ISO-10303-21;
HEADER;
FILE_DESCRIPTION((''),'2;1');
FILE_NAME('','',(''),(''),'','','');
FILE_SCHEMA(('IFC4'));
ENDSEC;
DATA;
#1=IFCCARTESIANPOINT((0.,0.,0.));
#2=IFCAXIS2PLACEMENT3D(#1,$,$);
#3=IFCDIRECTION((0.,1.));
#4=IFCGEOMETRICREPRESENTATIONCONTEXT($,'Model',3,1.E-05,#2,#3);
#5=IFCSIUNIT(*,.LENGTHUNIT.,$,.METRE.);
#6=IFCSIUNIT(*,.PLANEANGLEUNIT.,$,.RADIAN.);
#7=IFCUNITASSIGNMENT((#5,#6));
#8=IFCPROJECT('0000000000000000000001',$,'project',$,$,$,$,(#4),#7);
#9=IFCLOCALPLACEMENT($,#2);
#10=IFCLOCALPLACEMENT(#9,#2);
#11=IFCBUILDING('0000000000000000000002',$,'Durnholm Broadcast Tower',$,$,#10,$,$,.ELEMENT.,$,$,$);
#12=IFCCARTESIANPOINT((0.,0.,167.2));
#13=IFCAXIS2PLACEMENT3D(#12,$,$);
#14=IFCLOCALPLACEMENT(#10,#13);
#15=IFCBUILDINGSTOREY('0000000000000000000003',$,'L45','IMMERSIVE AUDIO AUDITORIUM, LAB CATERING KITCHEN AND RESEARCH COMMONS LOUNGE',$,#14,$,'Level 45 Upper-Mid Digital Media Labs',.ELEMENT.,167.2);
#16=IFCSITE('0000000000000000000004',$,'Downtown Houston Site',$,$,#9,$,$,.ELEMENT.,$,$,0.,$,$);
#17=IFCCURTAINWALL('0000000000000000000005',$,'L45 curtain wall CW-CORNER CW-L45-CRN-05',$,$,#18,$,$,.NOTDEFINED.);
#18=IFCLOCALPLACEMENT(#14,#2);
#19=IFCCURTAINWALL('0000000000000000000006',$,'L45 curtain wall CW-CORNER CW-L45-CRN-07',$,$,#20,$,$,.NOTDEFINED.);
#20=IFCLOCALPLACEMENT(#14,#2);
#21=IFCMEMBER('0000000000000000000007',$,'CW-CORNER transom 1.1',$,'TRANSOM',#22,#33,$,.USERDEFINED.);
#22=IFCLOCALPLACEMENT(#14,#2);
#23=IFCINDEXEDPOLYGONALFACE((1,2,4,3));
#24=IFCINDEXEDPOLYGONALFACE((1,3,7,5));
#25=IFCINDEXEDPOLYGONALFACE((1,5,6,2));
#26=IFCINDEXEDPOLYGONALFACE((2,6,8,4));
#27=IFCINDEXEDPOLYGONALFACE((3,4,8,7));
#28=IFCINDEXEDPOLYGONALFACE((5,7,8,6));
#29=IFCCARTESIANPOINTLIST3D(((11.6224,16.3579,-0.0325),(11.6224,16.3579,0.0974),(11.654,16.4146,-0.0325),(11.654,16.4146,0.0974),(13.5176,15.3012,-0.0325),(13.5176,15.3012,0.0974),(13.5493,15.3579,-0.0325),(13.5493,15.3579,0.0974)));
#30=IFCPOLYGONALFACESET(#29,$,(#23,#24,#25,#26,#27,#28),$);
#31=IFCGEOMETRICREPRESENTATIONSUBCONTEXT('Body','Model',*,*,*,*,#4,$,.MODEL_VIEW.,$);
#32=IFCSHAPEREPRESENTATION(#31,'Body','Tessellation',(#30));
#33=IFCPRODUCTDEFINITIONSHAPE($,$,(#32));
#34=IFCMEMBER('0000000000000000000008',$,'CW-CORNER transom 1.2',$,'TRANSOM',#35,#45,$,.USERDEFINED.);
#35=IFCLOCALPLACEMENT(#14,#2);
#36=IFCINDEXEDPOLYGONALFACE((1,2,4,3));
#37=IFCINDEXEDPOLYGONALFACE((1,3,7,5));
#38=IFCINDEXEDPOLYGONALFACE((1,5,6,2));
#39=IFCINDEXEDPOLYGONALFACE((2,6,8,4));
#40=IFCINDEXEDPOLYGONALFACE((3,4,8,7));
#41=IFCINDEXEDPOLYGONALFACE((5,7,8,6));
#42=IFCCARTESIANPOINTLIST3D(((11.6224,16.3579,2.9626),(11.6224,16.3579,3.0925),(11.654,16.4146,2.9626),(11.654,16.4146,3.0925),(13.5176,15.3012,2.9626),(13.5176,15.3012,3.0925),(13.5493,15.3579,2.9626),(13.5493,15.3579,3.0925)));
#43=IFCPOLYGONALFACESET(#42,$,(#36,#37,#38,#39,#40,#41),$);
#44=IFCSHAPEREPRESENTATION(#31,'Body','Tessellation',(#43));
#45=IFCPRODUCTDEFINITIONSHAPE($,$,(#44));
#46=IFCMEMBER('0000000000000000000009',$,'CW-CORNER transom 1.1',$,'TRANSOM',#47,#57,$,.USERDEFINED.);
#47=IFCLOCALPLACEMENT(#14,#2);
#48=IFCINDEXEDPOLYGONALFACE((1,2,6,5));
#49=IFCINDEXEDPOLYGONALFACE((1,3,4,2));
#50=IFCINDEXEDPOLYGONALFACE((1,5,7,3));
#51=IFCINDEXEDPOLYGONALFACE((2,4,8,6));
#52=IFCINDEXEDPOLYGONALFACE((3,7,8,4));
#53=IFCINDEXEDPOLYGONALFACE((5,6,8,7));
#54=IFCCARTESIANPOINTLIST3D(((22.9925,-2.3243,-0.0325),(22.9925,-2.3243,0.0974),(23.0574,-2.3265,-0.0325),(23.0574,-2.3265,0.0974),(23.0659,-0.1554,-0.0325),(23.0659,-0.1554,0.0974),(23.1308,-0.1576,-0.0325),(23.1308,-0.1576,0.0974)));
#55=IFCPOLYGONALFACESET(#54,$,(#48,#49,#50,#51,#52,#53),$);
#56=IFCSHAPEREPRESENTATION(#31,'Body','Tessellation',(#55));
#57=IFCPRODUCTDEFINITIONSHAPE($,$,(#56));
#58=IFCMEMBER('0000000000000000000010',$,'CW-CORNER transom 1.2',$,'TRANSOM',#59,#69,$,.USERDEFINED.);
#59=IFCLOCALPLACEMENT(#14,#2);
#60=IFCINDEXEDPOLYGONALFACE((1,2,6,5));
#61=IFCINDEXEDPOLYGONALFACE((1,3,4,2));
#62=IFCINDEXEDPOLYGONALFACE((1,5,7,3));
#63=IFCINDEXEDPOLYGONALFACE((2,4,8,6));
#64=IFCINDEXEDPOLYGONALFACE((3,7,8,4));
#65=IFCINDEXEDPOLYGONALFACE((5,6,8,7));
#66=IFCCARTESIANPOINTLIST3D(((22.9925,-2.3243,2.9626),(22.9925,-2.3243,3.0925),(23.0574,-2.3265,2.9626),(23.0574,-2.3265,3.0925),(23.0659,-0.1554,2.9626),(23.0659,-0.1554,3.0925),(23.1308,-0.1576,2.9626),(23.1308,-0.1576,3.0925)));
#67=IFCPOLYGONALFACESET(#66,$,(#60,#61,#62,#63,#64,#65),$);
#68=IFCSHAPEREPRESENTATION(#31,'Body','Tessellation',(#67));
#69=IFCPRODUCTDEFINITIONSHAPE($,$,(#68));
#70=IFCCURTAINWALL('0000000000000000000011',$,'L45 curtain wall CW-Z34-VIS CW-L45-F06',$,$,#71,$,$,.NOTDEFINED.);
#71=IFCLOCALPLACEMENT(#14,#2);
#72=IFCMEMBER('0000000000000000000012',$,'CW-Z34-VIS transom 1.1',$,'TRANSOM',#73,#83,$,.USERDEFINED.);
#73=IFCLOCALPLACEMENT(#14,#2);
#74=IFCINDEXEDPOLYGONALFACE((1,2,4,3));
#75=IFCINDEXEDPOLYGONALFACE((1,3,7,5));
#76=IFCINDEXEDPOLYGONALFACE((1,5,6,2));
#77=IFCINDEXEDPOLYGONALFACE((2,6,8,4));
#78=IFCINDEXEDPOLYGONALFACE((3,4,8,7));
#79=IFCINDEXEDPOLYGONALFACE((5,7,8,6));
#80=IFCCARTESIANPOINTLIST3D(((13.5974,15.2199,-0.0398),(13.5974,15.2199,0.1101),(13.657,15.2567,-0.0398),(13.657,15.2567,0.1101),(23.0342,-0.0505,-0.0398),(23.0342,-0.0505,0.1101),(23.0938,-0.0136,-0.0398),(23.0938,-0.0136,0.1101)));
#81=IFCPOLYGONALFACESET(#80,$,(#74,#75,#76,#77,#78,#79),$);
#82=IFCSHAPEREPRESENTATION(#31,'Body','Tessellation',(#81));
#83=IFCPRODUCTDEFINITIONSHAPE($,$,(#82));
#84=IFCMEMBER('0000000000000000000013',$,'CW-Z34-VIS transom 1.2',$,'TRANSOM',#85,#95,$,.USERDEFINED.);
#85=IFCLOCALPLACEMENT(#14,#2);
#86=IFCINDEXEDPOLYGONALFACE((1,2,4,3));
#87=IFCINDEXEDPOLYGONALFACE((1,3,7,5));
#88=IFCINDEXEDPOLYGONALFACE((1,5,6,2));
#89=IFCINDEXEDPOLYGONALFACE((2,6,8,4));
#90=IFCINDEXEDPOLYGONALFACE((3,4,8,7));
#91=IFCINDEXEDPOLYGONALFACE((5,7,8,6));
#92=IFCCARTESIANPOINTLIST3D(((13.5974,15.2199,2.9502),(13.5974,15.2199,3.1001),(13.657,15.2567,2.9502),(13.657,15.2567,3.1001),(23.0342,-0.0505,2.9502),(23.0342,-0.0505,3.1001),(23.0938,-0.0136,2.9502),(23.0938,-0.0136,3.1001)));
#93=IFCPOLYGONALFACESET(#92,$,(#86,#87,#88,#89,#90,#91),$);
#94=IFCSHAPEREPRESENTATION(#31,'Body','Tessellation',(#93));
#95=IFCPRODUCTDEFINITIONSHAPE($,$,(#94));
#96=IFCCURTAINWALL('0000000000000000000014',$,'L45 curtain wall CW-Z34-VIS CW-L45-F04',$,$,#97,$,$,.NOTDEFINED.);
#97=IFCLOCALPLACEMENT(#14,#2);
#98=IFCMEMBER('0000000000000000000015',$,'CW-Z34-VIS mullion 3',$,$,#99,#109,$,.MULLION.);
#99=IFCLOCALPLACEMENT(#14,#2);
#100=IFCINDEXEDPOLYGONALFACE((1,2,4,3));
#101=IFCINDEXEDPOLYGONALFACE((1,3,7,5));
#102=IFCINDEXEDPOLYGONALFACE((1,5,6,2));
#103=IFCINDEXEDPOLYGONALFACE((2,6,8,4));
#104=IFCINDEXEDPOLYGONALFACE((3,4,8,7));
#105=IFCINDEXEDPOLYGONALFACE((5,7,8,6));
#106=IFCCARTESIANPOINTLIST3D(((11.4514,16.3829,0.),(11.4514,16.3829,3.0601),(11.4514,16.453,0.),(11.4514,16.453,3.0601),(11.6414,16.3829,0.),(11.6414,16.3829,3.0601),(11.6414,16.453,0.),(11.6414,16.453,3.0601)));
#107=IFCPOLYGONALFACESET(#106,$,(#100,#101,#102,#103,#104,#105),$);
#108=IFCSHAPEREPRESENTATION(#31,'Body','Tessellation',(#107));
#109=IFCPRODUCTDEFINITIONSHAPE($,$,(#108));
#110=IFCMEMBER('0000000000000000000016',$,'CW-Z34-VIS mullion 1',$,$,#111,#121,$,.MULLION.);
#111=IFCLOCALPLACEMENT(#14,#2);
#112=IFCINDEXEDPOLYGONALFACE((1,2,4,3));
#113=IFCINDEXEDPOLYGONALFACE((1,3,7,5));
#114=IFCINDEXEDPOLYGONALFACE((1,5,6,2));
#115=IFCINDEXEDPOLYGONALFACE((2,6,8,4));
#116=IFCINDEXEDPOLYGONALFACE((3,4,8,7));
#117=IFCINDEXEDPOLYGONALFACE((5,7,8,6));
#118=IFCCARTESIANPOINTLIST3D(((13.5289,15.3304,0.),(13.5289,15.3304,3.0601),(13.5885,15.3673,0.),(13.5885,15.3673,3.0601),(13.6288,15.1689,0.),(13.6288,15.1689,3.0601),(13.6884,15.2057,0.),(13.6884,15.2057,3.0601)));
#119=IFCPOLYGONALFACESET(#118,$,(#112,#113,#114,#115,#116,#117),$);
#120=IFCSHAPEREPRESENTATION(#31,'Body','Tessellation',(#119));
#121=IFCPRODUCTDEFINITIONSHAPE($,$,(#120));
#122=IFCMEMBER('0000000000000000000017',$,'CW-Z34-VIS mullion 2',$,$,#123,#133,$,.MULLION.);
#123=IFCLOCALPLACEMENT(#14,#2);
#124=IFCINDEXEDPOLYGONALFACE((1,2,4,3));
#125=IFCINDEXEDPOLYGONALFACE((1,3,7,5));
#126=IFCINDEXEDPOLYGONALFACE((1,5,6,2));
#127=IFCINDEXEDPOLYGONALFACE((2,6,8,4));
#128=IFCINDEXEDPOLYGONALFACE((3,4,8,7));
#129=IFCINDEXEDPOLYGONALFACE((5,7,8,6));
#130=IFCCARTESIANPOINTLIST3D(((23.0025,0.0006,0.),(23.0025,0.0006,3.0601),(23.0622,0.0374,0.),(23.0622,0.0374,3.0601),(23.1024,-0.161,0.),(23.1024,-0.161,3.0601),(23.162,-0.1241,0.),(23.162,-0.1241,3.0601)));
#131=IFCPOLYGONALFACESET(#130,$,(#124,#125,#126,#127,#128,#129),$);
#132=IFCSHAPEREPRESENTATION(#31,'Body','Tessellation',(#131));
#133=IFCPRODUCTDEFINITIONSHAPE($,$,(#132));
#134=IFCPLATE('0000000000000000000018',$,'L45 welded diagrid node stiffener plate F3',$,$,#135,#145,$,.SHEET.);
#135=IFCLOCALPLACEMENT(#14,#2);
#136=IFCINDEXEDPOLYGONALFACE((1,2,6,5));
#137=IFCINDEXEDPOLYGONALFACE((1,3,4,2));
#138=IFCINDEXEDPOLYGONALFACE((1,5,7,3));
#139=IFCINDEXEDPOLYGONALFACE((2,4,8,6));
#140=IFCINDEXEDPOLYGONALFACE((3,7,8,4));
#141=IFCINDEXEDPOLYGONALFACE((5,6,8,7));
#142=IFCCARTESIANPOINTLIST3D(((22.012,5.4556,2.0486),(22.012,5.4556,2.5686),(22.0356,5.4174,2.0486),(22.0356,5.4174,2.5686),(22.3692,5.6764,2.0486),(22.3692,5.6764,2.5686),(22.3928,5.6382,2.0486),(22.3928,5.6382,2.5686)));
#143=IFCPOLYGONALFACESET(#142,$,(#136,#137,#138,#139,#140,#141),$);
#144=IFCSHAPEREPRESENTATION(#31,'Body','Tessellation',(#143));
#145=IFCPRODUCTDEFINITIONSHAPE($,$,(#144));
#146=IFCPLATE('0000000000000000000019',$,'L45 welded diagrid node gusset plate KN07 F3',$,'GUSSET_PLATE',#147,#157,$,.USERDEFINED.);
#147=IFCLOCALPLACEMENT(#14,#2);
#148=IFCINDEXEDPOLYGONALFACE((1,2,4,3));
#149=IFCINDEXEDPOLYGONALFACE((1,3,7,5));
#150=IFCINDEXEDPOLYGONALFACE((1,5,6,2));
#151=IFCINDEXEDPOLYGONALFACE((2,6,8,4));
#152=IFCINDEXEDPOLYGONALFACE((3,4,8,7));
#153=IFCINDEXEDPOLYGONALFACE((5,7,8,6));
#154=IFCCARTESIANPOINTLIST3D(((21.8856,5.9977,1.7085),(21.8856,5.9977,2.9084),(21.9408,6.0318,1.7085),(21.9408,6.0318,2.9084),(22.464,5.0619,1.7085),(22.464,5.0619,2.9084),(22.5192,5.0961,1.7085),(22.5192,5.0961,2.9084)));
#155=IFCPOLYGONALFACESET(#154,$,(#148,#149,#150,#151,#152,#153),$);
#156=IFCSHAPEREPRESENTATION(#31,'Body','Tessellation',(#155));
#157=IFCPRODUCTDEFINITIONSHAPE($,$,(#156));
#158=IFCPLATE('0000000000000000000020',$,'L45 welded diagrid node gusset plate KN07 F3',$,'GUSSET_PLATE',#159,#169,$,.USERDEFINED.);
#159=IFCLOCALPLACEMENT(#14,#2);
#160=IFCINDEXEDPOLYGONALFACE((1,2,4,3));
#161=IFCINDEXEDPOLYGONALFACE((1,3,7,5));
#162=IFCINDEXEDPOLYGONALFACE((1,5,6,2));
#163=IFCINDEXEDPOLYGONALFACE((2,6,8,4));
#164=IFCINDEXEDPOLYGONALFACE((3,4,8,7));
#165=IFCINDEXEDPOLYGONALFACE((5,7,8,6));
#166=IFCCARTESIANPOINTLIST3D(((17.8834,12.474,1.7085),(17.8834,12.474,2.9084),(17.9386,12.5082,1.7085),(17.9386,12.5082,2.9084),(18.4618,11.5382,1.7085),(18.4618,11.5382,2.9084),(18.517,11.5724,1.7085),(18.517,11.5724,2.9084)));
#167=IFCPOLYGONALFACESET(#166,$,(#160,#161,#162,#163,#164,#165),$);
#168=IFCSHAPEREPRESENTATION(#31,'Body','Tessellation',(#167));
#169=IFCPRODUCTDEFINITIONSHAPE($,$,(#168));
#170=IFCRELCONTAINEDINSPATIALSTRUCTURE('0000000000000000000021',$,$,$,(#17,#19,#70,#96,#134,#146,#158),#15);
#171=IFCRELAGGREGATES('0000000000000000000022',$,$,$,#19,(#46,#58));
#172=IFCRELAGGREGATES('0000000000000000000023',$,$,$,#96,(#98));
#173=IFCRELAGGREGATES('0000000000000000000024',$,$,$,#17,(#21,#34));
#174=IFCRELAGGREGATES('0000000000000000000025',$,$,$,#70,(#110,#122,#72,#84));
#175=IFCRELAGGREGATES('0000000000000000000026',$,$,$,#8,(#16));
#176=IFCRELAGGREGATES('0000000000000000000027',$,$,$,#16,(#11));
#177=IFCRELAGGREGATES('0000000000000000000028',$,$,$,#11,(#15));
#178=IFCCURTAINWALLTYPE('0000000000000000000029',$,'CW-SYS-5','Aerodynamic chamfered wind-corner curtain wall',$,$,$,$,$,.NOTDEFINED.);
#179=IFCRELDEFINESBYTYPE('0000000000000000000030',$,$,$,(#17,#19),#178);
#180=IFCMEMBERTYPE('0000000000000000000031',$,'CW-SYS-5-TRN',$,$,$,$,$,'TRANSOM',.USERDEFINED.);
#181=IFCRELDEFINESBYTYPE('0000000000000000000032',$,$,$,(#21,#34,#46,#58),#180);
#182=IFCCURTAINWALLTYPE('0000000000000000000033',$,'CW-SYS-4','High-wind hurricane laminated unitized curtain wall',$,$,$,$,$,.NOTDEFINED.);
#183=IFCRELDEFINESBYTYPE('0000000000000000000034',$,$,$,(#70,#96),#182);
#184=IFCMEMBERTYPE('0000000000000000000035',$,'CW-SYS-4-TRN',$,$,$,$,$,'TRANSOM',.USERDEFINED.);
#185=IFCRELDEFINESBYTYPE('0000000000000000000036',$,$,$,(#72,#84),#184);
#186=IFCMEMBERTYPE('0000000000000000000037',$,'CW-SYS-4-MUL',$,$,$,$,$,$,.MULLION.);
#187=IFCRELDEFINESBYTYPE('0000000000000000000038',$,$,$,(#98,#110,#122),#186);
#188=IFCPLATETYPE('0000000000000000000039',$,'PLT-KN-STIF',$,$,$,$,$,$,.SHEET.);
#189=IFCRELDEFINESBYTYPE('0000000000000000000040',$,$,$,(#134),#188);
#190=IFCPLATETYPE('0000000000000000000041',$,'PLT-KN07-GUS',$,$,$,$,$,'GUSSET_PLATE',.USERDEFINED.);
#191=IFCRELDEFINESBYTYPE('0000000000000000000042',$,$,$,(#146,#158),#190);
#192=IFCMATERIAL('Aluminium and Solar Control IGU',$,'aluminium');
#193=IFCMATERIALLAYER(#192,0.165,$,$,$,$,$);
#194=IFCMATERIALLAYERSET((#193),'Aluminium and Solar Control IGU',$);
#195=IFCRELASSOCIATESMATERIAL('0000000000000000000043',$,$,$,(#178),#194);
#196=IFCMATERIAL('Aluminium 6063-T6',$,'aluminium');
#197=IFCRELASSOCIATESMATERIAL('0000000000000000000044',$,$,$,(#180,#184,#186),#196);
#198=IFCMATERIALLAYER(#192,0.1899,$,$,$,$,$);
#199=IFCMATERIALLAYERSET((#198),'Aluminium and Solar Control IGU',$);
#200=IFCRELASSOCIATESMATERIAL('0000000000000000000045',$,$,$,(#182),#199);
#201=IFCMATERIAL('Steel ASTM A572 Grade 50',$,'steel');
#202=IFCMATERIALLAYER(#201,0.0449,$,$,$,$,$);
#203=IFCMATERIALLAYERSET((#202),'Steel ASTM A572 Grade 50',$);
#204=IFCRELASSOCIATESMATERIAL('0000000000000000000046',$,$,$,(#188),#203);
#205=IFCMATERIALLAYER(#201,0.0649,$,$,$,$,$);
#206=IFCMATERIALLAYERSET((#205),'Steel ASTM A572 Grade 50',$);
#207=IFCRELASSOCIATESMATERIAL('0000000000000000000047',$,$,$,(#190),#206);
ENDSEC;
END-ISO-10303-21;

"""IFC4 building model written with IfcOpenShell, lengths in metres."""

from ifc_helpers import new_model, si_unit, direction, frame, origin, origin_2d, place, context, subcontext, project, spatial, rectangle, extrude, source, transform, mapped, material, layer, layer_set, material_profile, profile_set, type_object, type_shapes, element, aggregate, save


model = new_model("IFC4")

# Units and contexts
model_context = context("Model", 3, precision=1e-05, world=origin(), true_north=direction((0.0, 1.0)))
body_context = subcontext(model_context, "Body", "Model", "MODEL_VIEW")
ifc_project = project(units=[si_unit("LENGTHUNIT", "METRE"), si_unit("PLANEANGLEUNIT", "RADIAN")], contexts=[model_context])

# Site, building, storey
site_placement = place(None, origin())
site = spatial("IfcSite", under=ifc_project, at=site_placement, Name="Downtown Houston Site", CompositionType="ELEMENT", RefElevation=0.0)
building_placement = place(site_placement, origin())
building = spatial("IfcBuilding", under=site, at=building_placement, Name="Durnholm Broadcast Tower", CompositionType="ELEMENT")
storey_placement = place(building_placement, frame((0.0, 0.0, 167.2)))
storey = spatial("IfcBuildingStorey", under=building, at=storey_placement, Name="L45", Description="IMMERSIVE AUDIO AUDITORIUM, LAB CATERING KITCHEN AND RESEARCH COMMONS LOUNGE", LongName="Level 45 Upper-Mid Digital Media Labs", CompositionType="ELEMENT", Elevation=167.2)

# Curtain wall
ifc_material_1 = material(Name="Aluminium and Solar Control IGU", Category="aluminium")
ifc_layer_1 = layer(ifc_material_1, 0.165)
ifc_layer_set_1 = layer_set([ifc_layer_1], Name="Aluminium and Solar Control IGU")
curtain_wall_type_1 = type_object("IfcCurtainWallType", Name="CW-SYS-5", Description="Aerodynamic chamfered wind-corner curtain wall", PredefinedType="NOTDEFINED", material=ifc_layer_set_1)
curtain_wall_1_placement = place(storey_placement, origin())
curtain_wall_1 = element("IfcCurtainWall", 1, at=curtain_wall_1_placement, inside=storey, type_object=curtain_wall_type_1, Name="L45 curtain wall CW-CORNER CW-L45-CRN-05", PredefinedType="NOTDEFINED")
ifc_material_2 = material(Name="Aluminium 6063-T6", Category="aluminium")

# Curtain wall
curtain_wall_2_placement = place(storey_placement, origin())
curtain_wall_2 = element("IfcCurtainWall", 2, at=curtain_wall_2_placement, inside=storey, type_object=curtain_wall_type_1, Name="L45 curtain wall CW-CORNER CW-L45-CRN-07", PredefinedType="NOTDEFINED")

# Members
ifc_material_profile_1 = material_profile(ifc_material_2, rectangle(XDim=0.0649, YDim=0.1299, at=origin_2d()), Name="CWT65X130")
ifc_profile_set_1 = profile_set([ifc_material_profile_1], Name="Aluminium 6063-T6")
member_type_1 = type_object("IfcMemberType", Name="CW-SYS-5-TRN", ElementType="TRANSOM", PredefinedType="USERDEFINED", material=ifc_profile_set_1)
shared_shape_1 = source(origin(), body_context, "Body", "SweptSolid", [
    extrude(rectangle(XDim=0.0649, YDim=0.1299, at=origin_2d()), origin(), (0.0, 0.0, 1.0), 2.1699),
])
member_1_placement = place(storey_placement, frame((11.6382, 16.3862, 0.0325), z_axis=(0.873429, -0.486951, 0.0), x_axis=(0.486951, 0.873429, 0.0)))
member_1 = element("IfcMember", 3, at=member_1_placement, type_object=member_type_1, Name="CW-CORNER transom 1.1", ObjectType="TRANSOM", PredefinedType="USERDEFINED", context=body_context, shape_type="MappedRepresentation", body=[
    mapped(shared_shape_1, transform((0.0, 0.0, 0.0), x_axis=(1.0, 0.0, 0.0), y_axis=(0.0, 1.0, 0.0), z_axis=(0.0, 0.0, 1.0), scale=1.0)),
])
member_2_placement = place(storey_placement, frame((11.6382, 16.3862, 3.0276), z_axis=(0.873429, -0.486951, 0.0), x_axis=(0.486951, 0.873429, 0.0)))
member_2 = element("IfcMember", 4, at=member_2_placement, type_object=member_type_1, Name="CW-CORNER transom 1.2", ObjectType="TRANSOM", PredefinedType="USERDEFINED", context=body_context, shape_type="MappedRepresentation", body=[
    mapped(shared_shape_1, transform((0.0, 0.0, 0.0), x_axis=(1.0, 0.0, 0.0), y_axis=(0.0, 1.0, 0.0), z_axis=(0.0, 0.0, 1.0), scale=1.0)),
])
shared_shape_2 = source(origin(), body_context, "Body", "SweptSolid", [
    extrude(rectangle(XDim=0.0649, YDim=0.1299, at=origin_2d()), origin(), (0.0, 0.0, 1.0), 2.1702),
])
type_shapes(member_type_1, [shared_shape_1, shared_shape_2])
member_3_placement = place(storey_placement, frame((23.0984, -0.1565, 0.0325), z_axis=(-0.033862, -0.999427, 0.0), x_axis=(0.999427, -0.033862, 0.0)))
member_3 = element("IfcMember", 5, at=member_3_placement, type_object=member_type_1, Name="CW-CORNER transom 1.1", ObjectType="TRANSOM", PredefinedType="USERDEFINED", context=body_context, shape_type="MappedRepresentation", body=[
    mapped(shared_shape_2, transform((0.0, 0.0, 0.0), x_axis=(1.0, 0.0, 0.0), y_axis=(0.0, 1.0, 0.0), z_axis=(0.0, 0.0, 1.0), scale=1.0)),
])
member_4_placement = place(storey_placement, frame((23.0984, -0.1565, 3.0276), z_axis=(-0.033862, -0.999427, 0.0), x_axis=(0.999427, -0.033862, 0.0)))
member_4 = element("IfcMember", 6, at=member_4_placement, type_object=member_type_1, Name="CW-CORNER transom 1.2", ObjectType="TRANSOM", PredefinedType="USERDEFINED", context=body_context, shape_type="MappedRepresentation", body=[
    mapped(shared_shape_2, transform((0.0, 0.0, 0.0), x_axis=(1.0, 0.0, 0.0), y_axis=(0.0, 1.0, 0.0), z_axis=(0.0, 0.0, 1.0), scale=1.0)),
])
aggregate(curtain_wall_2, [member_3, member_4])

# Curtain wall, members
ifc_layer_2 = layer(ifc_material_1, 0.1899)
ifc_layer_set_2 = layer_set([ifc_layer_2], Name="Aluminium and Solar Control IGU")
curtain_wall_type_2 = type_object("IfcCurtainWallType", Name="CW-SYS-4", Description="High-wind hurricane laminated unitized curtain wall", PredefinedType="NOTDEFINED", material=ifc_layer_set_2)
curtain_wall_3_placement = place(storey_placement, origin())
curtain_wall_3 = element("IfcCurtainWall", 7, at=curtain_wall_3_placement, inside=storey, type_object=curtain_wall_type_2, Name="L45 curtain wall CW-Z34-VIS CW-L45-F06", PredefinedType="NOTDEFINED")
ifc_material_profile_2 = material_profile(ifc_material_2, rectangle(XDim=0.0701, YDim=0.1499, at=origin_2d()), Name="CWT70X150")
ifc_profile_set_2 = profile_set([ifc_material_profile_2], Name="Aluminium 6063-T6")
member_type_2 = type_object("IfcMemberType", Name="CW-SYS-4-TRN", ElementType="TRANSOM", PredefinedType="USERDEFINED", material=ifc_profile_set_2)
shared_shape_3 = source(origin(), body_context, "Body", "SweptSolid", [
    extrude(rectangle(XDim=0.0701, YDim=0.1499, at=origin_2d()), origin(), (0.0, 0.0, 1.0), 17.9509),
])
type_shapes(member_type_2, [shared_shape_3])
member_5_placement = place(storey_placement, frame((13.6272, 15.2383, 0.0352), z_axis=(0.5257, -0.85067, 0.0), x_axis=(0.85067, 0.5257, 0.0)))
member_5 = element("IfcMember", 8, at=member_5_placement, type_object=member_type_2, Name="CW-Z34-VIS transom 1.1", ObjectType="TRANSOM", PredefinedType="USERDEFINED", context=body_context, shape_type="MappedRepresentation", body=[
    mapped(shared_shape_3, transform((0.0, 0.0, 0.0), x_axis=(1.0, 0.0, 0.0), y_axis=(0.0, 1.0, 0.0), z_axis=(0.0, 0.0, 1.0), scale=1.0)),
])
member_6_placement = place(storey_placement, frame((13.6272, 15.2383, 3.0251), z_axis=(0.5257, -0.85067, 0.0), x_axis=(0.85067, 0.5257, 0.0)))
member_6 = element("IfcMember", 9, at=member_6_placement, type_object=member_type_2, Name="CW-Z34-VIS transom 1.2", ObjectType="TRANSOM", PredefinedType="USERDEFINED", context=body_context, shape_type="MappedRepresentation", body=[
    mapped(shared_shape_3, transform((0.0, 0.0, 0.0), x_axis=(1.0, 0.0, 0.0), y_axis=(0.0, 1.0, 0.0), z_axis=(0.0, 0.0, 1.0), scale=1.0)),
])

# Curtain wall, member
curtain_wall_4_placement = place(storey_placement, origin())
curtain_wall_4 = element("IfcCurtainWall", 10, at=curtain_wall_4_placement, inside=storey, type_object=curtain_wall_type_2, Name="L45 curtain wall CW-Z34-VIS CW-L45-F04", PredefinedType="NOTDEFINED")
ifc_material_profile_3 = material_profile(ifc_material_2, rectangle(XDim=0.0701, YDim=0.1899, at=origin_2d()), Name="CWM70X190")
ifc_profile_set_3 = profile_set([ifc_material_profile_3], Name="Aluminium 6063-T6")
member_type_3 = type_object("IfcMemberType", Name="CW-SYS-4-MUL", PredefinedType="MULLION", material=ifc_profile_set_3)
shared_shape_4 = source(origin(), body_context, "Body", "SweptSolid", [
    extrude(rectangle(XDim=0.0701, YDim=0.1899, at=origin_2d()), origin(), (0.0, 0.0, 1.0), 3.0601),
])
type_shapes(member_type_3, [shared_shape_4])
member_7_placement = place(storey_placement, frame((11.5464, 16.418, 0.0), z_axis=(0.0, 0.0, 1.0), x_axis=(0.0, 1.0, 0.0)))
member_7 = element("IfcMember", 11, at=member_7_placement, type_object=member_type_3, Name="CW-Z34-VIS mullion 3", PredefinedType="MULLION", context=body_context, shape_type="MappedRepresentation", body=[
    mapped(shared_shape_4, transform((0.0, 0.0, 0.0), x_axis=(1.0, 0.0, 0.0), y_axis=(0.0, 1.0, 0.0), z_axis=(0.0, 0.0, 1.0), scale=1.0)),
])
aggregate(curtain_wall_4, [member_7])

# Members
member_8_placement = place(storey_placement, frame((13.6086, 15.2681, 0.0), z_axis=(0.0, 0.0, 1.0), x_axis=(0.850671, 0.525698, 0.0)))
member_8 = element("IfcMember", 12, at=member_8_placement, type_object=member_type_3, Name="CW-Z34-VIS mullion 1", PredefinedType="MULLION", context=body_context, shape_type="MappedRepresentation", body=[
    mapped(shared_shape_4, transform((0.0, 0.0, 0.0), x_axis=(1.0, 0.0, 0.0), y_axis=(0.0, 1.0, 0.0), z_axis=(0.0, 0.0, 1.0), scale=1.0)),
])
member_9_placement = place(storey_placement, frame((23.0823, -0.0618, 0.0), z_axis=(0.0, 0.0, 1.0), x_axis=(0.850671, 0.525698, 0.0)))
member_9 = element("IfcMember", 13, at=member_9_placement, type_object=member_type_3, Name="CW-Z34-VIS mullion 2", PredefinedType="MULLION", context=body_context, shape_type="MappedRepresentation", body=[
    mapped(shared_shape_4, transform((0.0, 0.0, 0.0), x_axis=(1.0, 0.0, 0.0), y_axis=(0.0, 1.0, 0.0), z_axis=(0.0, 0.0, 1.0), scale=1.0)),
])

# Plates
ifc_material_3 = material(Name="Steel ASTM A572 Grade 50", Category="steel")
ifc_layer_3 = layer(ifc_material_3, 0.0449)
ifc_layer_set_3 = layer_set([ifc_layer_3], Name="Steel ASTM A572 Grade 50")
plate_type_1 = type_object("IfcPlateType", Name="PLT-KN-STIF", PredefinedType="SHEET", material=ifc_layer_set_3)
shared_shape_5 = source(origin(), body_context, "Body", "SweptSolid", [
    extrude(rectangle(XDim=0.0449, YDim=0.4199, at=origin_2d()), origin(), (0.0, 0.0, 1.0), 0.52),
])
type_shapes(plate_type_1, [shared_shape_5])
plate_1_placement = place(storey_placement, frame((22.2024, 5.5469, 2.0486), z_axis=(0.0, 0.0, 1.0), x_axis=(-0.525769, 0.850628, 0.0)))
element("IfcPlate", 14, at=plate_1_placement, inside=storey, type_object=plate_type_1, Name="L45 welded diagrid node stiffener plate F3", PredefinedType="SHEET", context=body_context, shape_type="MappedRepresentation", body=[
    mapped(shared_shape_5, transform((0.0, 0.0, 0.0), x_axis=(1.0, 0.0, 0.0), y_axis=(0.0, 1.0, 0.0), z_axis=(0.0, 0.0, 1.0), scale=1.0)),
])
ifc_layer_4 = layer(ifc_material_3, 0.0649)
ifc_layer_set_4 = layer_set([ifc_layer_4], Name="Steel ASTM A572 Grade 50")
plate_type_2 = type_object("IfcPlateType", Name="PLT-KN07-GUS", ElementType="GUSSET_PLATE", PredefinedType="USERDEFINED", material=ifc_layer_set_4)
shared_shape_6 = source(origin(), body_context, "Body", "SweptSolid", [
    extrude(rectangle(XDim=1.1001, YDim=0.0649, at=origin_2d()), origin(), (0.0, 0.0, 1.0), 1.2),
])
type_shapes(plate_type_2, [shared_shape_6])
for number, where, z_axis, x_axis, name in (
    (15, (22.2024, 5.5469, 1.7085), (0.0, 0.0, 1.0), (-0.525769, 0.850628, 0.0), "L45 welded diagrid node gusset plate KN07 F3"),
    (16, (18.2002, 12.0232, 1.7085), (0.0, 0.0, 1.0), (-0.525769, 0.850628, 0.0), "L45 welded diagrid node gusset plate KN07 F3"),
):
    element("IfcPlate", number, at=place(storey_placement, frame(where, z_axis=z_axis, x_axis=x_axis)), inside=storey, type_object=plate_type_2, Name=name, ObjectType="GUSSET_PLATE", PredefinedType="USERDEFINED", context=body_context, shape_type="MappedRepresentation", body=[
        mapped(shared_shape_6, transform((0.0, 0.0, 0.0), x_axis=(1.0, 0.0, 0.0), y_axis=(0.0, 1.0, 0.0), z_axis=(0.0, 0.0, 1.0), scale=1.0)),
    ])

aggregate(curtain_wall_1, [member_1, member_2])
aggregate(curtain_wall_3, [member_8, member_9, member_5, member_6])

save(model, "model.ifc")
